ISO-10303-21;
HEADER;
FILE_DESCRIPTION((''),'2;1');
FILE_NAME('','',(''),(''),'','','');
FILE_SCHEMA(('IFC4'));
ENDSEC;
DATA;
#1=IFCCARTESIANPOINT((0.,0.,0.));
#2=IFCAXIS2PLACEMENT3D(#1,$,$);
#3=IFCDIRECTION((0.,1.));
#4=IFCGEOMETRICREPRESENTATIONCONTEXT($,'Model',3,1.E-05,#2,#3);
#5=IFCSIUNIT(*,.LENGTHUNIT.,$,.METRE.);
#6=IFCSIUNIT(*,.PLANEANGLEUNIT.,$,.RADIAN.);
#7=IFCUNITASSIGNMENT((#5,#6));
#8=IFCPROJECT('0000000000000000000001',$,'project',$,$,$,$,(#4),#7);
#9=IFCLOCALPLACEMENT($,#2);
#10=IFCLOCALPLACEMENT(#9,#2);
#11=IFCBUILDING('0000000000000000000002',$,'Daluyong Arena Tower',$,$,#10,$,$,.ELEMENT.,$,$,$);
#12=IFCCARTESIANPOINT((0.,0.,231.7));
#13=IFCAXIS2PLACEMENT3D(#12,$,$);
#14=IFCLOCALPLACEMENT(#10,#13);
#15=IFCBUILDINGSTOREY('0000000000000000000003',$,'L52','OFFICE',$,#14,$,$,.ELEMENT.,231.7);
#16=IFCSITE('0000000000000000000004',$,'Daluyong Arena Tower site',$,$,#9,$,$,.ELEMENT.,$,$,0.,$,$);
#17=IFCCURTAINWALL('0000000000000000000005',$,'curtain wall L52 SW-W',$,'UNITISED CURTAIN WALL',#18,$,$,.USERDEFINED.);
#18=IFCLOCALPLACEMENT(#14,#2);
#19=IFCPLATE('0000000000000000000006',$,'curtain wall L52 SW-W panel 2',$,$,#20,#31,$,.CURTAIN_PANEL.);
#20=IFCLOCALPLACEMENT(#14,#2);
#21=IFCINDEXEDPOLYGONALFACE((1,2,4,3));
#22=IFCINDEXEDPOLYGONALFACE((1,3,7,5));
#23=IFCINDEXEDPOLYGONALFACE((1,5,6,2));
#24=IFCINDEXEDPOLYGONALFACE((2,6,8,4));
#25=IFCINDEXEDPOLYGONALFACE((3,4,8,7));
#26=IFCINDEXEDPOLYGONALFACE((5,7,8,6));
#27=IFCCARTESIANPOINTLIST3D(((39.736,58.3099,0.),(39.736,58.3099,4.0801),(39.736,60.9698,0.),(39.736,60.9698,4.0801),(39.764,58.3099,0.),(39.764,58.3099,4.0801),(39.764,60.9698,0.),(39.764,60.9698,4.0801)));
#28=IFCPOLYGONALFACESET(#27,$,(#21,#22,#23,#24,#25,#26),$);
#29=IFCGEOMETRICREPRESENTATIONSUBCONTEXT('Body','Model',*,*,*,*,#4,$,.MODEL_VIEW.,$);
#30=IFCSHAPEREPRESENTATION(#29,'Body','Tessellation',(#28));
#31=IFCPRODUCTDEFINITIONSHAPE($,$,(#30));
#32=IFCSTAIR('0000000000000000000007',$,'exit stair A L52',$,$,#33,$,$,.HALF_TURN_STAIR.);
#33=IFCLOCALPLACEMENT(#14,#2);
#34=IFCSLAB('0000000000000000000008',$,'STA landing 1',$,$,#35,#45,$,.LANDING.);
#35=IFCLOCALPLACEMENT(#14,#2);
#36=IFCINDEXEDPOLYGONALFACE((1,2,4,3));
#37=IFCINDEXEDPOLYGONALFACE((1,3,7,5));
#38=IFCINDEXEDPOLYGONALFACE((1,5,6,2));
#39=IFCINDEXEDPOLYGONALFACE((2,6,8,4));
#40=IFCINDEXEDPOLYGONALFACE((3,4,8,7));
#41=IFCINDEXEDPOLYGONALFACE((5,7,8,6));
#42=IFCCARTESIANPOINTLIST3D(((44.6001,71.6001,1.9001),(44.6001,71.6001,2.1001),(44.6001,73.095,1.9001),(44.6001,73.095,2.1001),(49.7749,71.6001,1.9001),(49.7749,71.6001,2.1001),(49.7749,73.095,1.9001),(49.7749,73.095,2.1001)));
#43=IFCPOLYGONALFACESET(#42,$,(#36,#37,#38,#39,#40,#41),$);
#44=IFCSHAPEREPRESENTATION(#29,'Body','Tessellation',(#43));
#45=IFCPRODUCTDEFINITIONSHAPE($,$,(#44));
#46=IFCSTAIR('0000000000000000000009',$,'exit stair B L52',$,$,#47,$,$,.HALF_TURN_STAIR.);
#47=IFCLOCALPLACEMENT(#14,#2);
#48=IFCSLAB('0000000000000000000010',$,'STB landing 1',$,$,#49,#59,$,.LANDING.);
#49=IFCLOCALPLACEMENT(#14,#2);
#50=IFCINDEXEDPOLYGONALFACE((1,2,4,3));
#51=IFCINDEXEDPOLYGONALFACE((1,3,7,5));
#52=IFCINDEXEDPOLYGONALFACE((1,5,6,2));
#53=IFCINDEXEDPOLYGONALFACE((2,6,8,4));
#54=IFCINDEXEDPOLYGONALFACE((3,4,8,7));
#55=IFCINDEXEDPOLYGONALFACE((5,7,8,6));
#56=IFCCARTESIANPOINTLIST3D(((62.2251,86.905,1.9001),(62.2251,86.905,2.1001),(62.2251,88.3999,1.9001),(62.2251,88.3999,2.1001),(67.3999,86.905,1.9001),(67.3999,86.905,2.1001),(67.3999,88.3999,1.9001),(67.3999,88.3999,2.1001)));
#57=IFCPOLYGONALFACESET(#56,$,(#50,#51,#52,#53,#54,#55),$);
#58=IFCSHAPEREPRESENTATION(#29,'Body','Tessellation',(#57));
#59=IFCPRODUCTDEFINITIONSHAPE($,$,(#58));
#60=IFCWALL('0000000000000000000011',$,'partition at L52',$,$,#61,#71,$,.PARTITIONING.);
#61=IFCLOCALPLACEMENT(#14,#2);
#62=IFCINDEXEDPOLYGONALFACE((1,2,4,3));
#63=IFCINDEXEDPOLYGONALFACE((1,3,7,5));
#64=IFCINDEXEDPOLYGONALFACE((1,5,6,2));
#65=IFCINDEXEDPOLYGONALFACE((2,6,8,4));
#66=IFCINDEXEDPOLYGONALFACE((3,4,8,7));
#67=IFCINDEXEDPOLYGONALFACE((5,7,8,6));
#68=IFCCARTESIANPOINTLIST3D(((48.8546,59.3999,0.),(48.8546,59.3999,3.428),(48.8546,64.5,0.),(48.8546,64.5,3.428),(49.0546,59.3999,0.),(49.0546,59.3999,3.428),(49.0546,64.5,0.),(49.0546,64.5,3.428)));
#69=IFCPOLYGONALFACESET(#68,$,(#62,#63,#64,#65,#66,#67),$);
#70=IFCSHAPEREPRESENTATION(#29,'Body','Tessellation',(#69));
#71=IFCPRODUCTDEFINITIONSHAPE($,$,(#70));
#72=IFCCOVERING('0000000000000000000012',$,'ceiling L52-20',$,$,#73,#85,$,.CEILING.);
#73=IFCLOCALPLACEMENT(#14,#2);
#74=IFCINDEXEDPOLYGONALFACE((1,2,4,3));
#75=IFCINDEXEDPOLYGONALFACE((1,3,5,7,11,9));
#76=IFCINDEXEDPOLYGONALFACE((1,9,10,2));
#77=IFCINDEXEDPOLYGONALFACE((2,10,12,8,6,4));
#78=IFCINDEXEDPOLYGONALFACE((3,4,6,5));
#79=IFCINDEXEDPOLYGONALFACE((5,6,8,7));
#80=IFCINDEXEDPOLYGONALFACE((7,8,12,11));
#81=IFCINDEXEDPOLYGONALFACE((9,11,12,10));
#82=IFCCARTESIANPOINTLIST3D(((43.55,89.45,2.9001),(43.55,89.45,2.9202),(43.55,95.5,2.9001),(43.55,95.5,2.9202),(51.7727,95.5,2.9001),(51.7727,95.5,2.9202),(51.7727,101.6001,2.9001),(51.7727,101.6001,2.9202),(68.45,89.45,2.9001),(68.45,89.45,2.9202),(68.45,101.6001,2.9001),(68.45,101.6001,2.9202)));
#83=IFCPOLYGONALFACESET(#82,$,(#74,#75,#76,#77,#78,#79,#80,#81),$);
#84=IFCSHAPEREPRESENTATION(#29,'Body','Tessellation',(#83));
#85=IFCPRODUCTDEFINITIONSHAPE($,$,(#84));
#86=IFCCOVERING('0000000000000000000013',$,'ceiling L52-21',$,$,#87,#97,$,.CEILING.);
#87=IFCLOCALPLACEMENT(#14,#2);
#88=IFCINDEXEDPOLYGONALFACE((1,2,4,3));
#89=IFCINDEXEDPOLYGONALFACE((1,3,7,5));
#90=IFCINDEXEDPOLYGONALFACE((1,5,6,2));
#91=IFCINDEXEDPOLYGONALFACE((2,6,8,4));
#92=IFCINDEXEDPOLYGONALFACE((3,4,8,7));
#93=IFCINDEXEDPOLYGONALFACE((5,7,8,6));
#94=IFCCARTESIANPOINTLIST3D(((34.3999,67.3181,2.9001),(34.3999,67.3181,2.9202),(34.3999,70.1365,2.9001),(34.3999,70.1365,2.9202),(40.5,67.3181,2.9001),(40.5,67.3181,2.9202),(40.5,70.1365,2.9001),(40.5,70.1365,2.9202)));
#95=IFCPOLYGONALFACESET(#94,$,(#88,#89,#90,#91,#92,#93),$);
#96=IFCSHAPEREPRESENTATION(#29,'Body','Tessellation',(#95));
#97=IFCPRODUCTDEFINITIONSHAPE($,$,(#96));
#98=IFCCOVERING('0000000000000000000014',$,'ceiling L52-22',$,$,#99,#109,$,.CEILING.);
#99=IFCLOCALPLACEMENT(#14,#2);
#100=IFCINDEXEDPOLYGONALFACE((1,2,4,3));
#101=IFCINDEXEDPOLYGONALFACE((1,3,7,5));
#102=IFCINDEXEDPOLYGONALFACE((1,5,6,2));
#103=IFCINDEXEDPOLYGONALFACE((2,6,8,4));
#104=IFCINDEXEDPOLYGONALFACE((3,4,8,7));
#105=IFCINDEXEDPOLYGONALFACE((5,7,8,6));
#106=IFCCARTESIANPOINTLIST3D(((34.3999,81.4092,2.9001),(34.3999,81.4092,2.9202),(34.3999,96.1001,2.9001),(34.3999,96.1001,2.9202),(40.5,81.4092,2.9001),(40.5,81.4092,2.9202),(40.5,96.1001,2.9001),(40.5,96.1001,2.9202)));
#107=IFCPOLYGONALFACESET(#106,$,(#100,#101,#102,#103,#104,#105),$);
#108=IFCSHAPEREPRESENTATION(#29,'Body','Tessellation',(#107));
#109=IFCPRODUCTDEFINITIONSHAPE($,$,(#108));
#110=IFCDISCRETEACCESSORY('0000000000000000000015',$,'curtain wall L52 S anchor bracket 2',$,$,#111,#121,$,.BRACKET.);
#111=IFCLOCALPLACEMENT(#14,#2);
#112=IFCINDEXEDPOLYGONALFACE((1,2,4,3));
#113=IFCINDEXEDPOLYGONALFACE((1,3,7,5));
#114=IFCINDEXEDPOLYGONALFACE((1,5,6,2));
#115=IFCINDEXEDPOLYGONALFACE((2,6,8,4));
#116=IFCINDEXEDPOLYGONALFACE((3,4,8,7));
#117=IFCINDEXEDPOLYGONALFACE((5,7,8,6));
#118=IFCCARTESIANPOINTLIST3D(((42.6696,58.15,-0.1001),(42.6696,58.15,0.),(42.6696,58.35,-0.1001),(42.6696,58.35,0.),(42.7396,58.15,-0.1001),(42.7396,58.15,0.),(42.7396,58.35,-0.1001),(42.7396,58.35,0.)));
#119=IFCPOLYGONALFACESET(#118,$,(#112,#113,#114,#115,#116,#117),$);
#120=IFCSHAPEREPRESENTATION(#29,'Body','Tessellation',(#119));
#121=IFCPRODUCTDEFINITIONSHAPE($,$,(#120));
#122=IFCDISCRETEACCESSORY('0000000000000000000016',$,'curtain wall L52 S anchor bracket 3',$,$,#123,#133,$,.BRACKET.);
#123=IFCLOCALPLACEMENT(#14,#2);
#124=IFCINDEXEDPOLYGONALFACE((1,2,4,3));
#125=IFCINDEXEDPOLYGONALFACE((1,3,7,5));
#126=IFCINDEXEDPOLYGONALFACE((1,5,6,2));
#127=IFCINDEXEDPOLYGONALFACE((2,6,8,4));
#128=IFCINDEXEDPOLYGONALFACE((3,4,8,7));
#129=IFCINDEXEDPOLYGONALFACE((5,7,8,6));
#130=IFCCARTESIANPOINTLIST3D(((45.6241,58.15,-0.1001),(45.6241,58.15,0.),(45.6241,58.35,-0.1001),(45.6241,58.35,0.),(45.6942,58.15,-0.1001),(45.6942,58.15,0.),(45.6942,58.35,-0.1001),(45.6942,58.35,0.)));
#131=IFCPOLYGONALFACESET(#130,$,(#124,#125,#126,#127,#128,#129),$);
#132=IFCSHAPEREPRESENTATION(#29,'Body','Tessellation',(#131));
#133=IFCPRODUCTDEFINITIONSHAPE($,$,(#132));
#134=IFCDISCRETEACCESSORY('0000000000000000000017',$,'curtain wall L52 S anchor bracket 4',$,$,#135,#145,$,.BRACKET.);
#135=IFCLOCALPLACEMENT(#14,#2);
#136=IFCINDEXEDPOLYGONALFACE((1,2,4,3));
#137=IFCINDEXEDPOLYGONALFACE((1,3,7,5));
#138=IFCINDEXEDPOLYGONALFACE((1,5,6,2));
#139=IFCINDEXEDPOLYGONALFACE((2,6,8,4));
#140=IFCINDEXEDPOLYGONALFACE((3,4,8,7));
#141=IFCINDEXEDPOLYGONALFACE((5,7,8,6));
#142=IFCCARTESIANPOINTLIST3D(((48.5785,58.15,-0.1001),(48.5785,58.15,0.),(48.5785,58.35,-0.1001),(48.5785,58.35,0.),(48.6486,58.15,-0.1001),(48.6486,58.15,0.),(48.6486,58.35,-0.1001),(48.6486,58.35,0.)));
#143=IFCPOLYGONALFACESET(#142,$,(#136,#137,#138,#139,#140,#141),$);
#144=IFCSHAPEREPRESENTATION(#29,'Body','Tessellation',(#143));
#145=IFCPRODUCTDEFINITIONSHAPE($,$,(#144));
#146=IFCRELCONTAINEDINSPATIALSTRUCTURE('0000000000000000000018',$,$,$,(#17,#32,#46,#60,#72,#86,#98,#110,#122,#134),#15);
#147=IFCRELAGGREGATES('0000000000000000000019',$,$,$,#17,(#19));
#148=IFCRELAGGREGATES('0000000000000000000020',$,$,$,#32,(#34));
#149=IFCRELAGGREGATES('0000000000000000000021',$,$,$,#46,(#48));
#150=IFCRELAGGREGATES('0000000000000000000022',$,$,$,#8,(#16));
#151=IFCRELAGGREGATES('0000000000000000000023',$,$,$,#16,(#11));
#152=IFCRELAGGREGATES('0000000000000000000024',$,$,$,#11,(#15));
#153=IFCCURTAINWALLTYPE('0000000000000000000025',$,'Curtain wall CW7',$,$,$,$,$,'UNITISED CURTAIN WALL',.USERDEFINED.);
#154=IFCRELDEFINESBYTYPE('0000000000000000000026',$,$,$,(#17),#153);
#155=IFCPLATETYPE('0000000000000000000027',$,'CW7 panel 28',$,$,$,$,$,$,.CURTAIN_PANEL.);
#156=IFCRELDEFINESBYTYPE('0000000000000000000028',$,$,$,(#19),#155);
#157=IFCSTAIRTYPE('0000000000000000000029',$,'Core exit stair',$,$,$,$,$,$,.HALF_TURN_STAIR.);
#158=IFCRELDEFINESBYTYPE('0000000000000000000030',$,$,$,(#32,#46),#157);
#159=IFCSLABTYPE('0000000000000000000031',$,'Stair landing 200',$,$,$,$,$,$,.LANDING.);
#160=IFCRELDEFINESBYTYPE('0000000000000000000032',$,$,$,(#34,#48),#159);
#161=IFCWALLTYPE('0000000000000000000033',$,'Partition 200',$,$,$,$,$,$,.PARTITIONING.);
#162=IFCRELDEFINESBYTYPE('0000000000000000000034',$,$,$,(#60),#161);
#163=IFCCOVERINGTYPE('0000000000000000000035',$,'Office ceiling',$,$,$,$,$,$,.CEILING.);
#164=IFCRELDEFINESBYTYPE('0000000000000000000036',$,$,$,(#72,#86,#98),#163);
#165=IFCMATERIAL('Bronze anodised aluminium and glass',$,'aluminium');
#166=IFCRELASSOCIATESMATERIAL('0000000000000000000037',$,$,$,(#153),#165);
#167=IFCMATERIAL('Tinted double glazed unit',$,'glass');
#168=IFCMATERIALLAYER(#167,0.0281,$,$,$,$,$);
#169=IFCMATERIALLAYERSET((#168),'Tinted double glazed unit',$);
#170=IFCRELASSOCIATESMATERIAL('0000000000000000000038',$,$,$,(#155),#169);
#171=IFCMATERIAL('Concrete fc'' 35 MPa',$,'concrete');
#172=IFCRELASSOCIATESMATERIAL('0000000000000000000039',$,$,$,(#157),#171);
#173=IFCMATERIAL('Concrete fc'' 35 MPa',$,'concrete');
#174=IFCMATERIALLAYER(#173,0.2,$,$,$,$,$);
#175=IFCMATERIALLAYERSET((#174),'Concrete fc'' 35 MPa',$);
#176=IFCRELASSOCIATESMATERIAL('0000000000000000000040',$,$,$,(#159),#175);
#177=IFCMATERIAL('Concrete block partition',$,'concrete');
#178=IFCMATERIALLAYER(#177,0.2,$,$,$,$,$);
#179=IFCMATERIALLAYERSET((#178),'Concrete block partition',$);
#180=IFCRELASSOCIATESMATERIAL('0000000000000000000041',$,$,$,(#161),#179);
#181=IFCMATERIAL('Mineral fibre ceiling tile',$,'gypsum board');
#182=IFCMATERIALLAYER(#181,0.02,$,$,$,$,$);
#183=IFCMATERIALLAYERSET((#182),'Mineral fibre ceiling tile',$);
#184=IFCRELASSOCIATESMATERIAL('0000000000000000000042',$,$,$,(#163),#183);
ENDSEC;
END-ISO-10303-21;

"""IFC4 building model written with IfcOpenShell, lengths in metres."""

from ifc_helpers import new_model, si_unit, direction, frame, frame_2d, origin, origin_2d, place, context, subcontext, project, spatial, polyline, rectangle, outline, extrude, material, layer, layer_set, type_object, element, aggregate, save


model = new_model("IFC4")

# Units and contexts
model_context = context("Model", 3, precision=1e-05, world=origin(), true_north=direction((0.0, 1.0)))
body_context = subcontext(model_context, "Body", "Model", "MODEL_VIEW")
ifc_project = project(units=[si_unit("LENGTHUNIT", "METRE"), si_unit("PLANEANGLEUNIT", "RADIAN")], contexts=[model_context])

# Site, building, storey
site_placement = place(None, origin())
site = spatial("IfcSite", under=ifc_project, at=site_placement, Name="Daluyong Arena Tower site", CompositionType="ELEMENT", RefElevation=0.0)
building_placement = place(site_placement, origin())
building = spatial("IfcBuilding", under=site, at=building_placement, Name="Daluyong Arena Tower", CompositionType="ELEMENT")
storey_placement = place(building_placement, frame((0.0, 0.0, 231.7)))
storey = spatial("IfcBuildingStorey", under=building, at=storey_placement, Name="L52", Description="OFFICE", CompositionType="ELEMENT", Elevation=231.7)

# Curtain wall
ifc_material_1 = material(Name="Bronze anodised aluminium and glass", Category="aluminium")
curtain_wall_type_1 = type_object("IfcCurtainWallType", Name="Curtain wall CW7", ElementType="UNITISED CURTAIN WALL", PredefinedType="USERDEFINED", material=ifc_material_1)
curtain_wall_1_placement = place(storey_placement, origin())
curtain_wall_1 = element("IfcCurtainWall", 1, at=curtain_wall_1_placement, inside=storey, type_object=curtain_wall_type_1, Name="curtain wall L52 SW-W", ObjectType="UNITISED CURTAIN WALL", PredefinedType="USERDEFINED")

# Plate
ifc_material_2 = material(Name="Tinted double glazed unit", Category="glass")
ifc_layer_1 = layer(ifc_material_2, 0.0281)
ifc_layer_set_1 = layer_set([ifc_layer_1], Name="Tinted double glazed unit")
plate_type_1 = type_object("IfcPlateType", Name="CW7 panel 28", PredefinedType="CURTAIN_PANEL", material=ifc_layer_set_1)
plate_1_placement = place(storey_placement, frame((39.75, 59.6399, 0.0), z_axis=(0.0, 0.0, 1.0), x_axis=(0.0, -1.0, 0.0)))
plate_1 = element("IfcPlate", 2, at=plate_1_placement, type_object=plate_type_1, Name="curtain wall L52 SW-W panel 2", PredefinedType="CURTAIN_PANEL", context=body_context, shape_type="SweptSolid", body=[
    extrude(rectangle(XDim=2.6599, YDim=0.0281, at=origin_2d()), origin(), (0.0, 0.0, 1.0), 4.0801),
])
aggregate(curtain_wall_1, [plate_1])

# Stairs, slabs
ifc_material_3 = material(Name="Concrete fc' 35 MPa", Category="concrete")
stair_type = type_object("IfcStairType", Name="Core exit stair", PredefinedType="HALF_TURN_STAIR", material=ifc_material_3)
stair_1_placement = place(storey_placement, origin())
stair_1 = element("IfcStair", 3, at=stair_1_placement, inside=storey, type_object=stair_type, Name="exit stair A L52", PredefinedType="HALF_TURN_STAIR")
ifc_material_4 = material(Name="Concrete fc' 35 MPa", Category="concrete")
ifc_layer_2 = layer(ifc_material_4, 0.2)
ifc_layer_set_2 = layer_set([ifc_layer_2], Name="Concrete fc' 35 MPa")
slab_type = type_object("IfcSlabType", Name="Stair landing 200", PredefinedType="LANDING", material=ifc_layer_set_2)
slab_1_placement = place(storey_placement, frame((0.0, 0.0, 1.9001)))
slab_1 = element("IfcSlab", 4, at=slab_1_placement, type_object=slab_type, Name="STA landing 1", PredefinedType="LANDING", context=body_context, shape_type="SweptSolid", body=[
    extrude(outline(polyline([(44.6001, 71.6001), (49.7749, 71.6001), (49.7749, 73.095), (44.6001, 73.095), (44.6001, 71.6001)])), origin(), (0.0, 0.0, 1.0), 0.2),
])
aggregate(stair_1, [slab_1])
stair_2_placement = place(storey_placement, origin())
stair_2 = element("IfcStair", 5, at=stair_2_placement, inside=storey, type_object=stair_type, Name="exit stair B L52", PredefinedType="HALF_TURN_STAIR")
slab_2_placement = place(storey_placement, frame((0.0, 0.0, 1.9001)))
slab_2 = element("IfcSlab", 6, at=slab_2_placement, type_object=slab_type, Name="STB landing 1", PredefinedType="LANDING", context=body_context, shape_type="SweptSolid", body=[
    extrude(outline(polyline([(62.2251, 86.905), (67.3999, 86.905), (67.3999, 88.3999), (62.2251, 88.3999), (62.2251, 86.905)])), origin(), (0.0, 0.0, 1.0), 0.2),
])
aggregate(stair_2, [slab_2])

# Wall
ifc_material_5 = material(Name="Concrete block partition", Category="concrete")
ifc_layer_3 = layer(ifc_material_5, 0.2)
ifc_layer_set_3 = layer_set([ifc_layer_3], Name="Concrete block partition")
wall_type = type_object("IfcWallType", Name="Partition 200", PredefinedType="PARTITIONING", material=ifc_layer_set_3)
wall_placement = place(storey_placement, frame((48.9546, 59.3999, 0.0), z_axis=(0.0, 0.0, 1.0), x_axis=(0.0, 1.0, 0.0)))
element("IfcWall", 7, at=wall_placement, inside=storey, type_object=wall_type, Name="partition at L52", PredefinedType="PARTITIONING", context=body_context, shape_type="SweptSolid", body=[
    extrude(rectangle(XDim=5.1001, YDim=0.2, at=frame_2d((2.55, 0.0))), origin(), (0.0, 0.0, 1.0), 3.428),
])

# Coverings
ifc_material_6 = material(Name="Mineral fibre ceiling tile", Category="gypsum board")
ifc_layer_4 = layer(ifc_material_6, 0.02)
ifc_layer_set_4 = layer_set([ifc_layer_4], Name="Mineral fibre ceiling tile")
covering_type = type_object("IfcCoveringType", Name="Office ceiling", PredefinedType="CEILING", material=ifc_layer_set_4)
covering_1_placement = place(storey_placement, frame((0.0, 0.0, 2.9001)))
element("IfcCovering", 8, at=covering_1_placement, inside=storey, type_object=covering_type, Name="ceiling L52-20", PredefinedType="CEILING", context=body_context, shape_type="SweptSolid", body=[
    extrude(outline(polyline([(51.7727, 101.6001), (51.7727, 95.5), (43.55, 95.5), (43.55, 89.45), (68.45, 89.45), (68.45, 101.6001), (51.7727, 101.6001)])), origin(), (0.0, 0.0, 1.0), 0.02),
])
covering_2_placement = place(storey_placement, frame((0.0, 0.0, 2.9001)))
element("IfcCovering", 9, at=covering_2_placement, inside=storey, type_object=covering_type, Name="ceiling L52-21", PredefinedType="CEILING", context=body_context, shape_type="SweptSolid", body=[
    extrude(outline(polyline([(34.3999, 70.1365), (34.3999, 67.3181), (40.5, 67.3181), (40.5, 70.1365), (34.3999, 70.1365)])), origin(), (0.0, 0.0, 1.0), 0.02),
])
covering_3_placement = place(storey_placement, frame((0.0, 0.0, 2.9001)))
element("IfcCovering", 10, at=covering_3_placement, inside=storey, type_object=covering_type, Name="ceiling L52-22", PredefinedType="CEILING", context=body_context, shape_type="SweptSolid", body=[
    extrude(outline(polyline([(40.5, 96.1001), (34.3999, 96.1001), (34.3999, 81.4092), (40.5, 81.4092), (40.5, 96.1001)])), origin(), (0.0, 0.0, 1.0), 0.02),
])

# Discrete accessories
for number, where, z_axis, x_axis, name in (
    (11, (42.7046, 58.25, -0.1001), (0.0, 0.0, 1.0), (1.0, 0.0, 0.0), "curtain wall L52 S anchor bracket 2"),
    (12, (45.6592, 58.25, -0.1001), (0.0, 0.0, 1.0), (1.0, 0.0, 0.0), "curtain wall L52 S anchor bracket 3"),
    (13, (48.6135, 58.25, -0.1001), (0.0, 0.0, 1.0), (1.0, 0.0, 0.0), "curtain wall L52 S anchor bracket 4"),
):
    element("IfcDiscreteAccessory", number, at=place(storey_placement, frame(where, z_axis=z_axis, x_axis=x_axis)), inside=storey, Name=name, PredefinedType="BRACKET", context=body_context, shape_type="SweptSolid", body=[
        extrude(rectangle(XDim=0.0701, YDim=0.2, at=origin_2d()), origin(), (0.0, 0.0, 1.0), 0.1001),
    ])

save(model, "model.ifc")
